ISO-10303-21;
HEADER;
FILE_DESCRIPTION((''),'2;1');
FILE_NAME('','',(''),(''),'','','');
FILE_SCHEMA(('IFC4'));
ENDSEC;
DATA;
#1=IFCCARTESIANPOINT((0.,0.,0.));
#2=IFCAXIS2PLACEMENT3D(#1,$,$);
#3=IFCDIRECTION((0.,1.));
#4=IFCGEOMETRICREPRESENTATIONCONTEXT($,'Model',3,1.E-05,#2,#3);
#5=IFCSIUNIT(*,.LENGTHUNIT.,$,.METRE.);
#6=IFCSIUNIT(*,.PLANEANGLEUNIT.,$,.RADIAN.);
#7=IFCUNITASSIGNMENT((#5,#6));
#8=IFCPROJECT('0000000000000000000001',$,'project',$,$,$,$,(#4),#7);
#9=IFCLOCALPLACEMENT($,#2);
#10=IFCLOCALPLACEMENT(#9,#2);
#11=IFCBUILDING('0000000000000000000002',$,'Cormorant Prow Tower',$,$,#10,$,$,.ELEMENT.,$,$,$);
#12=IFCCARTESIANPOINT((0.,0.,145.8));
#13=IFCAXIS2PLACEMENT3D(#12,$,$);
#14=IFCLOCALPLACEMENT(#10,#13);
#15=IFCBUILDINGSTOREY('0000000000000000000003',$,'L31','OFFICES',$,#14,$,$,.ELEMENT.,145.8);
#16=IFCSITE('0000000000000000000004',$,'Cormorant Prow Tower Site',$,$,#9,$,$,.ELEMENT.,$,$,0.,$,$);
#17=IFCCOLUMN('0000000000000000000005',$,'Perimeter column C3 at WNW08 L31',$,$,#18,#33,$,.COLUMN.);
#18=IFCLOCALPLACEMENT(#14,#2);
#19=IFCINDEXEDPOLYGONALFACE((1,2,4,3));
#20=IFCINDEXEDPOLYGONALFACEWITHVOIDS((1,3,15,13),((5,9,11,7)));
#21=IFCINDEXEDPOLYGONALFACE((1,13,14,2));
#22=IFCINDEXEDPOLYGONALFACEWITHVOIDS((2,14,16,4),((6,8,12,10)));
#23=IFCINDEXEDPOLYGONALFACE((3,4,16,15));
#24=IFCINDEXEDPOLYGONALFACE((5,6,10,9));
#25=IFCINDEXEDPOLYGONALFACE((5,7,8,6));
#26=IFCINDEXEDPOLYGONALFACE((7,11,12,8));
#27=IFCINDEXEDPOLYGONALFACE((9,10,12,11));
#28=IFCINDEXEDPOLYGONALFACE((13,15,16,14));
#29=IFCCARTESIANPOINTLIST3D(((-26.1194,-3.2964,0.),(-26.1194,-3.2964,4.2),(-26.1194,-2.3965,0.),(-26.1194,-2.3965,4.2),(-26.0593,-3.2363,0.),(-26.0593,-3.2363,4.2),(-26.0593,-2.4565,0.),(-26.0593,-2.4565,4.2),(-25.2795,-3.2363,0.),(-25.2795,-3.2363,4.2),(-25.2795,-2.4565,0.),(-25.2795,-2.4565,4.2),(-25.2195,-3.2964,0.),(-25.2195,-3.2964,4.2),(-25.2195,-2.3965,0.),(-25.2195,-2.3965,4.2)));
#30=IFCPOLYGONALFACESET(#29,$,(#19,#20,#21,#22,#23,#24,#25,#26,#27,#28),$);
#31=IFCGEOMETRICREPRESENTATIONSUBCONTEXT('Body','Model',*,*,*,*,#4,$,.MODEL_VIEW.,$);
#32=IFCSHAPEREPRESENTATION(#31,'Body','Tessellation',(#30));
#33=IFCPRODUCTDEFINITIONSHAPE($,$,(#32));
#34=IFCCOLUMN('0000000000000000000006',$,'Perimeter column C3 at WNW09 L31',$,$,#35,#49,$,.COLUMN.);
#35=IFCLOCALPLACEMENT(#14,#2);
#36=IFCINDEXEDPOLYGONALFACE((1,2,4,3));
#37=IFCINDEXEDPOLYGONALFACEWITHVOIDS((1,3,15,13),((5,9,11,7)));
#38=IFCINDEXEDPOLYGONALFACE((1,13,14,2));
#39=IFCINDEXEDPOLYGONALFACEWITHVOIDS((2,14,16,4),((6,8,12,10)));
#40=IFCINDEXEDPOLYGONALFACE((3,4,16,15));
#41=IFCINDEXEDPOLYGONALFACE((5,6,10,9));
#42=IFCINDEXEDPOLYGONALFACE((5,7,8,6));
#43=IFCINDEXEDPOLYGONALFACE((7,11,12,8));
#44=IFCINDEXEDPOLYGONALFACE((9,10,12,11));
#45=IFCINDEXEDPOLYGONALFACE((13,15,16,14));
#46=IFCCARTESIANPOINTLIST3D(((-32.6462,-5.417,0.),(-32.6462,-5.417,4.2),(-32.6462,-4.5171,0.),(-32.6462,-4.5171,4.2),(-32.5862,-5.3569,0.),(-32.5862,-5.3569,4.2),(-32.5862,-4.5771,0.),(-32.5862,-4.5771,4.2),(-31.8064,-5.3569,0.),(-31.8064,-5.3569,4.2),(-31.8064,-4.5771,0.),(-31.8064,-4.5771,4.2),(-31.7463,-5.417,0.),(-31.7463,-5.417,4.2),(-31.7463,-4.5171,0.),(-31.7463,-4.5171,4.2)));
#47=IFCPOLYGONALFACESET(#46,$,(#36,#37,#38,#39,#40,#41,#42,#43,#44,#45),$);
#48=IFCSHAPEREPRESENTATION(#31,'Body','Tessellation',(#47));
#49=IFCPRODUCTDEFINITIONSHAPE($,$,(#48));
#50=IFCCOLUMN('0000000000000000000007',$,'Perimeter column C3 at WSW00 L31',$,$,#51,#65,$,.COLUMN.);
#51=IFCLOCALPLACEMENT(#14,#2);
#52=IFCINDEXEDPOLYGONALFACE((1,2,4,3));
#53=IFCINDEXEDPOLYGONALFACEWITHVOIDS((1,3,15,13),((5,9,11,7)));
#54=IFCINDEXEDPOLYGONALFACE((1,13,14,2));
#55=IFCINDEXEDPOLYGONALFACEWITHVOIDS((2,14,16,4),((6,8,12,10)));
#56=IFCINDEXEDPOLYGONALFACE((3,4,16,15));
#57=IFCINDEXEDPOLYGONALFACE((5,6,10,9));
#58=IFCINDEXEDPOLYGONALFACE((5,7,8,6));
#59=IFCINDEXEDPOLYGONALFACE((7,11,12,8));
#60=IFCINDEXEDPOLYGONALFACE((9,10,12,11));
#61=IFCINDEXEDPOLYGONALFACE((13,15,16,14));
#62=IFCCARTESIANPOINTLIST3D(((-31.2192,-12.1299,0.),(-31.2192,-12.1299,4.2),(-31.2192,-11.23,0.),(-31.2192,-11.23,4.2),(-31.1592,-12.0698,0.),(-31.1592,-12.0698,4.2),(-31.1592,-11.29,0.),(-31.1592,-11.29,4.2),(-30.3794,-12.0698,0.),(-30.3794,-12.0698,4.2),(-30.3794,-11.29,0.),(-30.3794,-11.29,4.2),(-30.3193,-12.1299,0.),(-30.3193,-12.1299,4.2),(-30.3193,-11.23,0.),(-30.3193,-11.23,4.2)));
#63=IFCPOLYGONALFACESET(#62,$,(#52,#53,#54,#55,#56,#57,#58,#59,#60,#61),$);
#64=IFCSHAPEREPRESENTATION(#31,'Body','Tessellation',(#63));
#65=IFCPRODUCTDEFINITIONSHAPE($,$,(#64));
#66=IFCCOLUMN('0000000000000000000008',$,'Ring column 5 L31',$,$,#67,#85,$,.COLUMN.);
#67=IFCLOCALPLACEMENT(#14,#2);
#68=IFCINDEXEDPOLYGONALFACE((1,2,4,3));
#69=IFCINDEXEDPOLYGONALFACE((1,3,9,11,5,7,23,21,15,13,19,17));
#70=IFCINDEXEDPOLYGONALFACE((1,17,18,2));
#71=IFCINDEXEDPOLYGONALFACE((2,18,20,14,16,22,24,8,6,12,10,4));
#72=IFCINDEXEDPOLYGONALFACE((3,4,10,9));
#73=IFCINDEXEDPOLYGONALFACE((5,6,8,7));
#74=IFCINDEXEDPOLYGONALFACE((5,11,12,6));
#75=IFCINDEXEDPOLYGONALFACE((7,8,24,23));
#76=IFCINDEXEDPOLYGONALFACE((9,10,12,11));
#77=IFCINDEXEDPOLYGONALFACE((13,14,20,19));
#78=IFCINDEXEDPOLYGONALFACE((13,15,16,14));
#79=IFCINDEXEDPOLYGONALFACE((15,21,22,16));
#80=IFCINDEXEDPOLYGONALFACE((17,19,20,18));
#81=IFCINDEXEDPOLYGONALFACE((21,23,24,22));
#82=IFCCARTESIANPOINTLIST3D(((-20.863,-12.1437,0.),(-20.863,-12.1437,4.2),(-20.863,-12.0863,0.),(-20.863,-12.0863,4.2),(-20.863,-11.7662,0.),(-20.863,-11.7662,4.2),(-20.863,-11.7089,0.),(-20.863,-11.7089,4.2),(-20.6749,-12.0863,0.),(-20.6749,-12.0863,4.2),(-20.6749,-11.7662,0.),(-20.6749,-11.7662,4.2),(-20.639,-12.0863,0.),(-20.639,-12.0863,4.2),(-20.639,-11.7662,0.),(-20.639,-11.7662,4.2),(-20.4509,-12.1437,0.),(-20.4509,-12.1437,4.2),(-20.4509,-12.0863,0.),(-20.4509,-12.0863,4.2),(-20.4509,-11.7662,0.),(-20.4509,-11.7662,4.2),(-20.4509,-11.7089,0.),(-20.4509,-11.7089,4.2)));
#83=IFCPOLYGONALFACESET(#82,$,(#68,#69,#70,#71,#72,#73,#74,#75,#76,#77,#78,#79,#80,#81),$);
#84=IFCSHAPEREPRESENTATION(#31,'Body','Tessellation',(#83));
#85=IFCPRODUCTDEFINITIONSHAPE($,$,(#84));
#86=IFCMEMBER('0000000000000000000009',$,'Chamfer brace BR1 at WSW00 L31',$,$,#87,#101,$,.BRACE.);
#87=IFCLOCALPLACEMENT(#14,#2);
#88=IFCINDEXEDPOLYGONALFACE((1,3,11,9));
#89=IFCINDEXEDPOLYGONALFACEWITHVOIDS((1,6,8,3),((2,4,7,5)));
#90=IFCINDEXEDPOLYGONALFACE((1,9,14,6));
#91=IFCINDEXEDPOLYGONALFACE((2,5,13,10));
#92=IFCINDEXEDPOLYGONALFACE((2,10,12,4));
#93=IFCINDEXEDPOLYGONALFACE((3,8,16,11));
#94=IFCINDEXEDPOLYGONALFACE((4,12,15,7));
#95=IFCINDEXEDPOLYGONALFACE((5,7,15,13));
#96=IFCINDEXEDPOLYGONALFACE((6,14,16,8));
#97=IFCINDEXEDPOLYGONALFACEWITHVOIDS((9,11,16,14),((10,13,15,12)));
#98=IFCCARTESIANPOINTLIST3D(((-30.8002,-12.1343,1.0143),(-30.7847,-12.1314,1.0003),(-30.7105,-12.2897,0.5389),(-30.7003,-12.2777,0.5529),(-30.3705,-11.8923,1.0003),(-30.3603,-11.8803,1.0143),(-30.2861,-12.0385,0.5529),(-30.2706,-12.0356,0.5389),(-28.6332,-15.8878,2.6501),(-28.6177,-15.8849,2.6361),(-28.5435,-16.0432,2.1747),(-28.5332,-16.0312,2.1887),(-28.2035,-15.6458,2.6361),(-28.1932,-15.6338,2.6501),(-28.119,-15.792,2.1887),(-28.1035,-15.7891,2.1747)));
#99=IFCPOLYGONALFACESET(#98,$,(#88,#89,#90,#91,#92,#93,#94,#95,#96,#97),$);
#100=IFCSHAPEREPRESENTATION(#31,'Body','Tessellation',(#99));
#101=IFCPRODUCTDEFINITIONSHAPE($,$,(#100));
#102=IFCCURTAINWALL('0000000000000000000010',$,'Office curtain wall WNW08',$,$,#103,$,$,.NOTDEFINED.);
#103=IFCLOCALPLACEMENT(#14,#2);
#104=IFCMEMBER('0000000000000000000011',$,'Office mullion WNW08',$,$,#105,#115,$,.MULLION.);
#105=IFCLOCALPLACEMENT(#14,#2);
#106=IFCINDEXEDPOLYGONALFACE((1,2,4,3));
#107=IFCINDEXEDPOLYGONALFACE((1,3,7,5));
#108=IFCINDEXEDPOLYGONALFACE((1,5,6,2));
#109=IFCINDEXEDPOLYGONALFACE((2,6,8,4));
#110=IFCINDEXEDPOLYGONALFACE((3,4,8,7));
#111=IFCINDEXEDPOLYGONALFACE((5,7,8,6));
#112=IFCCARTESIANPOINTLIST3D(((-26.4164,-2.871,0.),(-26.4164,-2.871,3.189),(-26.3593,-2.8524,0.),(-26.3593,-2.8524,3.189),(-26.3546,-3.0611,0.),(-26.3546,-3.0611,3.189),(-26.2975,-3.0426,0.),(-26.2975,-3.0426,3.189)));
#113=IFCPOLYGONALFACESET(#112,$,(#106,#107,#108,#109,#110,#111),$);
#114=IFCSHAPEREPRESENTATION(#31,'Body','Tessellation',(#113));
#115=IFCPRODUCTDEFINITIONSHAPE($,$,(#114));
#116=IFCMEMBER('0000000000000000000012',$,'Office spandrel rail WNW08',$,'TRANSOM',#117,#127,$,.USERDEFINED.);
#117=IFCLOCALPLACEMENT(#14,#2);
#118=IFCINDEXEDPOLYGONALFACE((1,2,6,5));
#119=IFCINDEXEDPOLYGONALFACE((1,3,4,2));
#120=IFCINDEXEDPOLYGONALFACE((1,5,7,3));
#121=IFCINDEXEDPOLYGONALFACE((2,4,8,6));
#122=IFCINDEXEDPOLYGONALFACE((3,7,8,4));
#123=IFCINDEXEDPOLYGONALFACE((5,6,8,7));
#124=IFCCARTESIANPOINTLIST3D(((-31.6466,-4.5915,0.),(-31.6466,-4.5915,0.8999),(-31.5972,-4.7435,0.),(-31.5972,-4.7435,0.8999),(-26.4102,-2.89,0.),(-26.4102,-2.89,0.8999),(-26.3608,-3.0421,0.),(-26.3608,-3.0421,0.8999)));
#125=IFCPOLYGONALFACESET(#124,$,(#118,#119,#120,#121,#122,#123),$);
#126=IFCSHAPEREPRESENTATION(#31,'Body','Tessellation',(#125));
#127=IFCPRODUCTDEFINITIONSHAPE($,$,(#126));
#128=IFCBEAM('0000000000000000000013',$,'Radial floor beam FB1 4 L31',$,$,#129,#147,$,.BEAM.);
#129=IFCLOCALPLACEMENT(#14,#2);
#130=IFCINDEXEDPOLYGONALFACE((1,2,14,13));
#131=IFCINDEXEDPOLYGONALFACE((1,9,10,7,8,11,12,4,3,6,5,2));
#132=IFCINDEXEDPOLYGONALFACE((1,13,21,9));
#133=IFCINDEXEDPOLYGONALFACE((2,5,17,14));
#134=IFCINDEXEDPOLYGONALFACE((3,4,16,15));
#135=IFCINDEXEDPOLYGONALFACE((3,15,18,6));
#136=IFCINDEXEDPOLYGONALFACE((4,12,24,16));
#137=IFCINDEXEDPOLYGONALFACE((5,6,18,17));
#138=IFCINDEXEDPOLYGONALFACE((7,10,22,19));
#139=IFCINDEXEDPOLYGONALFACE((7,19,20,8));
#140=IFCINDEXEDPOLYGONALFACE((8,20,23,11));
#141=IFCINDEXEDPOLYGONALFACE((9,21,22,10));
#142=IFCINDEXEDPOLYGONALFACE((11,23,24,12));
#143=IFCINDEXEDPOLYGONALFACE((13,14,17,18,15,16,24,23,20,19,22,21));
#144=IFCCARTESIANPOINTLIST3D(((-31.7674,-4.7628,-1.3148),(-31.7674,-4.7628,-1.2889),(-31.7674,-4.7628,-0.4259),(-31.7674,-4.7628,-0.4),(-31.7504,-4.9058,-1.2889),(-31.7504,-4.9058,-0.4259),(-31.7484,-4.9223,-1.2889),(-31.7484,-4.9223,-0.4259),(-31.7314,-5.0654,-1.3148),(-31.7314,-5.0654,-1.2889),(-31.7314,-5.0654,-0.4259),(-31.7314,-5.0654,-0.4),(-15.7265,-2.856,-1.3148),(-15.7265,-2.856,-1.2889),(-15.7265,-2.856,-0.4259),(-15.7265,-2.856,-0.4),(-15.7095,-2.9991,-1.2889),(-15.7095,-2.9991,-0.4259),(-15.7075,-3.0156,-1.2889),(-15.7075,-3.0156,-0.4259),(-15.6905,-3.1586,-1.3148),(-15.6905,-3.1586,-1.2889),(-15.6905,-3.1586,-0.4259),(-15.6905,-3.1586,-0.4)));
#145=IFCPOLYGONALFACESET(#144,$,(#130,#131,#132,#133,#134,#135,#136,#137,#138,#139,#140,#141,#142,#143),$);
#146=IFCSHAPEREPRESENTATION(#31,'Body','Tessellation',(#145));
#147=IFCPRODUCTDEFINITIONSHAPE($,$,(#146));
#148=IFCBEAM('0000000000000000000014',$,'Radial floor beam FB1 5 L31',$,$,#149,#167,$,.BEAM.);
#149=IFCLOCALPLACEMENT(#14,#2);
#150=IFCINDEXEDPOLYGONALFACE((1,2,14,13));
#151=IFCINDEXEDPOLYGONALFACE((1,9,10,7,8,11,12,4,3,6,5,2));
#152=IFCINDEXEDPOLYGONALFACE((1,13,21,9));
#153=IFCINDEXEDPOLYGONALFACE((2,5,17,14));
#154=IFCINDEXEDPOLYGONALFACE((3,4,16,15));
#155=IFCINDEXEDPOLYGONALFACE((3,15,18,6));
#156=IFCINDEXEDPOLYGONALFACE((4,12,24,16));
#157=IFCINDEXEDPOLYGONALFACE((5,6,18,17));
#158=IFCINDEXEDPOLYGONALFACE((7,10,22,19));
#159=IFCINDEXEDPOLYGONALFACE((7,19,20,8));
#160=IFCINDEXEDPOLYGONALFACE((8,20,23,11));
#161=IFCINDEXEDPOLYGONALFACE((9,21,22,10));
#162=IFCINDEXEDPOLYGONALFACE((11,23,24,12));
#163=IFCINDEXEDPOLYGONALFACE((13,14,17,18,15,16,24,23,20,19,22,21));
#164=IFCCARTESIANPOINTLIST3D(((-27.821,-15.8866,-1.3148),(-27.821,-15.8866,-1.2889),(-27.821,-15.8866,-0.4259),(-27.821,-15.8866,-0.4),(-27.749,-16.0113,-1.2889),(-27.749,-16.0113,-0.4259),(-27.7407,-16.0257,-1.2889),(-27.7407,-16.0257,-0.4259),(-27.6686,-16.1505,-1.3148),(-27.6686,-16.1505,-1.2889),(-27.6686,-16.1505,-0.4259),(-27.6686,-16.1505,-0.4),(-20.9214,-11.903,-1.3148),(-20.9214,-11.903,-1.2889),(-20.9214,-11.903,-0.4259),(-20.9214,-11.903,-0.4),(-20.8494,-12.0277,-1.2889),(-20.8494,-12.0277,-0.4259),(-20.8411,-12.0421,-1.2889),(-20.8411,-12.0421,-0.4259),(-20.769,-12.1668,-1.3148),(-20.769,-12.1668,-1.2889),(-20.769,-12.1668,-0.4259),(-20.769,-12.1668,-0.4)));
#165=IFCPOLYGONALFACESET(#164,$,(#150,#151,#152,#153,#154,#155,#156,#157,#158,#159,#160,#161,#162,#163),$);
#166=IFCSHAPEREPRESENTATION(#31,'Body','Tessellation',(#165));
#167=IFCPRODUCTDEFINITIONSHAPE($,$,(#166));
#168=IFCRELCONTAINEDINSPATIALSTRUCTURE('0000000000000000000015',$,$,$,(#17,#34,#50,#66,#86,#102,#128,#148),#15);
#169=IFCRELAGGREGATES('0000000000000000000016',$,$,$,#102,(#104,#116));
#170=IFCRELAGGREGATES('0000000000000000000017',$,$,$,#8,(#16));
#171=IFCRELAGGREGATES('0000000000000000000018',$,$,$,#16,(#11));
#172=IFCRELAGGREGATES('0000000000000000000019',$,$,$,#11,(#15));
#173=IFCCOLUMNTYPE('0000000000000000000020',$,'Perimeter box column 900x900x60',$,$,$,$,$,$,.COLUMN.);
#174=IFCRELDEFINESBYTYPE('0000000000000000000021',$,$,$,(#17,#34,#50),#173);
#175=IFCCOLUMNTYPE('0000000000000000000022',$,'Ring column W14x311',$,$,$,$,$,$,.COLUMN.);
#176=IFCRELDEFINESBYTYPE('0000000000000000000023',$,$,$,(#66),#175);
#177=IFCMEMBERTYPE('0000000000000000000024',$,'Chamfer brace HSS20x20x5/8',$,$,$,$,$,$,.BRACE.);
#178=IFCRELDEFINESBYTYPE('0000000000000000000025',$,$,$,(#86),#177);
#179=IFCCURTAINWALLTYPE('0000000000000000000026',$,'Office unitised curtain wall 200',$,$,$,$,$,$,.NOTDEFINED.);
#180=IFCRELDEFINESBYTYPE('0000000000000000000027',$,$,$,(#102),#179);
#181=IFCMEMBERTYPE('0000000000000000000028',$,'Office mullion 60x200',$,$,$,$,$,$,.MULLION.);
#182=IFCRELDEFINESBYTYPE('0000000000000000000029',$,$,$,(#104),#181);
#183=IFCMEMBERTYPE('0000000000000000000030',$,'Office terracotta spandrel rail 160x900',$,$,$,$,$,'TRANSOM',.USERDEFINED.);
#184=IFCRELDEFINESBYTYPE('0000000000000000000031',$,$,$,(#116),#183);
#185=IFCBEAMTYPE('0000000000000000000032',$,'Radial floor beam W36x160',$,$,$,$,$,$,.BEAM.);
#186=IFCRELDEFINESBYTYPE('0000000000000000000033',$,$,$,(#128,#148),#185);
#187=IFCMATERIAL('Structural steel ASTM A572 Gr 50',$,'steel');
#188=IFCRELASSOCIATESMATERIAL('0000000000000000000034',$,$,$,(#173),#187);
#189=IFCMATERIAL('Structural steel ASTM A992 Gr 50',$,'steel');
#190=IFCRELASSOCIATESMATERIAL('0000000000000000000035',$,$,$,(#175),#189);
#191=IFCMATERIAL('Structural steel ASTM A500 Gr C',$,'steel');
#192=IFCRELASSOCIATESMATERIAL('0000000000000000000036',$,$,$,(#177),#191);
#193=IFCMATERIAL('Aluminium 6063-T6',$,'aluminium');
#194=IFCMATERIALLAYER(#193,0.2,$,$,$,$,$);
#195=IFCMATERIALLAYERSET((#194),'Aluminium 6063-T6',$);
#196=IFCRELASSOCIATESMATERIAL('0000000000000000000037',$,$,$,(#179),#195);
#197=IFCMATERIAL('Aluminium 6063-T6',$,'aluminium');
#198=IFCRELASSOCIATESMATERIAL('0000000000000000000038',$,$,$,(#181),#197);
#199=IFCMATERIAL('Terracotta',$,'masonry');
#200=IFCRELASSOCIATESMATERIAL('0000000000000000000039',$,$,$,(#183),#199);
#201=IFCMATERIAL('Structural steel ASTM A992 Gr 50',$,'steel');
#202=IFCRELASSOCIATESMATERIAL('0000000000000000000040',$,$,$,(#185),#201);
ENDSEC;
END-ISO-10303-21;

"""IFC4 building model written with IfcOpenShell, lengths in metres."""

from ifc_helpers import new_model, si_unit, direction, frame, origin, origin_2d, place, context, subcontext, project, spatial, rectangle, hollow_rectangle, i_section, extrude, material, layer, layer_set, material_profile, profile_set, type_object, element, aggregate, save


model = new_model("IFC4")

# Units and contexts
model_context = context("Model", 3, precision=1e-05, world=origin(), true_north=direction((0.0, 1.0)))
body_context = subcontext(model_context, "Body", "Model", "MODEL_VIEW")
ifc_project = project(units=[si_unit("LENGTHUNIT", "METRE"), si_unit("PLANEANGLEUNIT", "RADIAN")], contexts=[model_context])

# Site, building, storey
site_placement = place(None, origin())
site = spatial("IfcSite", under=ifc_project, at=site_placement, Name="Cormorant Prow Tower Site", CompositionType="ELEMENT", RefElevation=0.0)
building_placement = place(site_placement, origin())
building = spatial("IfcBuilding", under=site, at=building_placement, Name="Cormorant Prow Tower", CompositionType="ELEMENT")
storey_placement = place(building_placement, frame((0.0, 0.0, 145.8)))
storey = spatial("IfcBuildingStorey", under=building, at=storey_placement, Name="L31", Description="OFFICES", CompositionType="ELEMENT", Elevation=145.8)

# Columns
ifc_material_1 = material(Name="Structural steel ASTM A572 Gr 50", Category="steel")
ifc_material_profile_1 = material_profile(ifc_material_1, hollow_rectangle(XDim=0.8999, YDim=0.8999, WallThickness=0.0601, at=origin_2d()), Name="Box 900x900x60")
ifc_profile_set_1 = profile_set([ifc_material_profile_1], Name="Structural steel ASTM A572 Gr 50")
column_type_1 = type_object("IfcColumnType", Name="Perimeter box column 900x900x60", PredefinedType="COLUMN", material=ifc_profile_set_1)
for number, where, z_axis, x_axis, name in (
    (1, (-25.6694, -2.8464, 0.0), (0.0, 0.0, 1.0), (1.0, 0.0, 0.0), "Perimeter column C3 at WNW08 L31"),
    (2, (-32.1963, -4.967, 0.0), (0.0, 0.0, 1.0), (1.0, 0.0, 0.0), "Perimeter column C3 at WNW09 L31"),
    (3, (-30.7693, -11.6799, 0.0), (0.0, 0.0, 1.0), (1.0, 0.0, 0.0), "Perimeter column C3 at WSW00 L31"),
):
    element("IfcColumn", number, at=place(storey_placement, frame(where, z_axis=z_axis, x_axis=x_axis)), inside=storey, type_object=column_type_1, Name=name, PredefinedType="COLUMN", context=body_context, shape_type="SweptSolid", body=[
        extrude(hollow_rectangle(XDim=0.8999, YDim=0.8999, WallThickness=0.0601, at=origin_2d()), origin(), (0.0, 0.0, 1.0), 4.2),
    ])
ifc_material_2 = material(Name="Structural steel ASTM A992 Gr 50", Category="steel")
ifc_material_profile_2 = material_profile(ifc_material_2, i_section(OverallWidth=0.4121, OverallDepth=0.4348, WebThickness=0.0359, FlangeThickness=0.0574, at=origin_2d()), Name="W14x311")
ifc_profile_set_2 = profile_set([ifc_material_profile_2], Name="Structural steel ASTM A992 Gr 50")
column_type_2 = type_object("IfcColumnType", Name="Ring column W14x311", PredefinedType="COLUMN", material=ifc_profile_set_2)
column_placement = place(storey_placement, frame((-20.657, -11.9263, 0.0), z_axis=(0.0, 0.0, 1.0), x_axis=(1.0, 0.0, 0.0)))
element("IfcColumn", 4, at=column_placement, inside=storey, type_object=column_type_2, Name="Ring column 5 L31", PredefinedType="COLUMN", context=body_context, shape_type="SweptSolid", body=[
    extrude(i_section(OverallWidth=0.4121, OverallDepth=0.4348, WebThickness=0.0359, FlangeThickness=0.0574, at=origin_2d()), origin(), (0.0, 0.0, 1.0), 4.2),
])

# Member
ifc_material_3 = material(Name="Structural steel ASTM A500 Gr C", Category="steel")
ifc_material_profile_3 = material_profile(ifc_material_3, hollow_rectangle(XDim=0.5081, YDim=0.5081, WallThickness=0.0149, at=origin_2d()), Name="HSS20x20x5/8")
ifc_profile_set_3 = profile_set([ifc_material_profile_3], Name="Structural steel ASTM A500 Gr C")
member_type_1 = type_object("IfcMemberType", Name="Chamfer brace HSS20x20x5/8", PredefinedType="BRACE", material=ifc_profile_set_3)
member_1_placement = place(storey_placement, frame((-30.5354, -12.085, 0.7766), z_axis=(0.467785, -0.810244, 0.353105), x_axis=(0.86603, 0.499992, 0.0)))
element("IfcMember", 5, at=member_1_placement, inside=storey, type_object=member_type_1, Name="Chamfer brace BR1 at WSW00 L31", PredefinedType="BRACE", context=body_context, shape_type="SweptSolid", body=[
    extrude(hollow_rectangle(XDim=0.5081, YDim=0.5081, WallThickness=0.0149, at=origin_2d()), origin(), (0.0, 0.0, 1.0), 4.6326),
])

# Curtain wall, members
ifc_material_4 = material(Name="Aluminium 6063-T6", Category="aluminium")
ifc_layer_1 = layer(ifc_material_4, 0.2)
ifc_layer_set_1 = layer_set([ifc_layer_1], Name="Aluminium 6063-T6")
curtain_wall_type = type_object("IfcCurtainWallType", Name="Office unitised curtain wall 200", PredefinedType="NOTDEFINED", material=ifc_layer_set_1)
curtain_wall_placement = place(storey_placement, origin())
curtain_wall = element("IfcCurtainWall", 6, at=curtain_wall_placement, inside=storey, type_object=curtain_wall_type, Name="Office curtain wall WNW08", PredefinedType="NOTDEFINED")
ifc_material_5 = material(Name="Aluminium 6063-T6", Category="aluminium")
ifc_material_profile_4 = material_profile(ifc_material_5, rectangle(XDim=0.2, YDim=0.0601, at=origin_2d()), Name="Office mullion 60x200")
ifc_profile_set_4 = profile_set([ifc_material_profile_4], Name="Aluminium 6063-T6")
member_type_2 = type_object("IfcMemberType", Name="Office mullion 60x200", PredefinedType="MULLION", material=ifc_profile_set_4)
member_2_placement = place(storey_placement, frame((-26.3569, -2.9568, 0.0), z_axis=(0.0, 0.0, 1.0), x_axis=(0.309017, -0.951057, 0.0)))
member_2 = element("IfcMember", 7, at=member_2_placement, type_object=member_type_2, Name="Office mullion WNW08", PredefinedType="MULLION", context=body_context, shape_type="SweptSolid", body=[
    extrude(rectangle(XDim=0.2, YDim=0.0601, at=origin_2d()), origin(), (0.0, 0.0, 1.0), 3.189),
])
ifc_material_6 = material(Name="Terracotta", Category="masonry")
ifc_material_profile_5 = material_profile(ifc_material_6, rectangle(XDim=0.1599, YDim=0.8999, at=origin_2d()), Name="Office terracotta spandrel rail 160x900")
ifc_profile_set_5 = profile_set([ifc_material_profile_5], Name="Terracotta")
member_type_3 = type_object("IfcMemberType", Name="Office terracotta spandrel rail 160x900", ElementType="TRANSOM", PredefinedType="USERDEFINED", material=ifc_profile_set_5)
member_3_placement = place(storey_placement, frame((-26.3855, -2.9661, 0.45), z_axis=(-0.951055, -0.309022, 0.0), x_axis=(0.309022, -0.951055, 0.0)))
member_3 = element("IfcMember", 8, at=member_3_placement, type_object=member_type_3, Name="Office spandrel rail WNW08", ObjectType="TRANSOM", PredefinedType="USERDEFINED", context=body_context, shape_type="SweptSolid", body=[
    extrude(rectangle(XDim=0.1599, YDim=0.8999, at=origin_2d()), origin(), (0.0, 0.0, 1.0), 5.5059),
])

# Beams
ifc_material_7 = material(Name="Structural steel ASTM A992 Gr 50", Category="steel")
ifc_material_profile_6 = material_profile(ifc_material_7, i_section(OverallWidth=0.3047, OverallDepth=0.9148, WebThickness=0.0166, FlangeThickness=0.0259, at=origin_2d()), Name="W36x160")
ifc_profile_set_6 = profile_set([ifc_material_profile_6], Name="Structural steel ASTM A992 Gr 50")
beam_type_1 = type_object("IfcBeamType", Name="Radial floor beam W36x160", PredefinedType="BEAM", material=ifc_profile_set_6)
beam_1_placement = place(storey_placement, frame((-15.7085, -3.0073, -0.8574), z_axis=(-0.993009, -0.118037, 0.0), x_axis=(0.118037, -0.993009, 0.0)))
element("IfcBeam", 9, at=beam_1_placement, inside=storey, type_object=beam_type_1, Name="Radial floor beam FB1 4 L31", PredefinedType="BEAM", context=body_context, shape_type="SweptSolid", body=[
    extrude(i_section(OverallWidth=0.3047, OverallDepth=0.9148, WebThickness=0.0166, FlangeThickness=0.0259, at=origin_2d()), origin(), (0.0, 0.0, 1.0), 16.1538),
])
beam_2_placement = place(storey_placement, frame((-20.8452, -12.0349, -0.8574), z_axis=(-0.866019, -0.500012, 0.0), x_axis=(0.500012, -0.866019, 0.0)))
element("IfcBeam", 10, at=beam_2_placement, inside=storey, type_object=beam_type_1, Name="Radial floor beam FB1 5 L31", PredefinedType="BEAM", context=body_context, shape_type="SweptSolid", body=[
    extrude(i_section(OverallWidth=0.3047, OverallDepth=0.9148, WebThickness=0.0166, FlangeThickness=0.0259, at=origin_2d()), origin(), (0.0, 0.0, 1.0), 7.967),
])

aggregate(curtain_wall, [member_2, member_3])

save(model, "model.ifc")
